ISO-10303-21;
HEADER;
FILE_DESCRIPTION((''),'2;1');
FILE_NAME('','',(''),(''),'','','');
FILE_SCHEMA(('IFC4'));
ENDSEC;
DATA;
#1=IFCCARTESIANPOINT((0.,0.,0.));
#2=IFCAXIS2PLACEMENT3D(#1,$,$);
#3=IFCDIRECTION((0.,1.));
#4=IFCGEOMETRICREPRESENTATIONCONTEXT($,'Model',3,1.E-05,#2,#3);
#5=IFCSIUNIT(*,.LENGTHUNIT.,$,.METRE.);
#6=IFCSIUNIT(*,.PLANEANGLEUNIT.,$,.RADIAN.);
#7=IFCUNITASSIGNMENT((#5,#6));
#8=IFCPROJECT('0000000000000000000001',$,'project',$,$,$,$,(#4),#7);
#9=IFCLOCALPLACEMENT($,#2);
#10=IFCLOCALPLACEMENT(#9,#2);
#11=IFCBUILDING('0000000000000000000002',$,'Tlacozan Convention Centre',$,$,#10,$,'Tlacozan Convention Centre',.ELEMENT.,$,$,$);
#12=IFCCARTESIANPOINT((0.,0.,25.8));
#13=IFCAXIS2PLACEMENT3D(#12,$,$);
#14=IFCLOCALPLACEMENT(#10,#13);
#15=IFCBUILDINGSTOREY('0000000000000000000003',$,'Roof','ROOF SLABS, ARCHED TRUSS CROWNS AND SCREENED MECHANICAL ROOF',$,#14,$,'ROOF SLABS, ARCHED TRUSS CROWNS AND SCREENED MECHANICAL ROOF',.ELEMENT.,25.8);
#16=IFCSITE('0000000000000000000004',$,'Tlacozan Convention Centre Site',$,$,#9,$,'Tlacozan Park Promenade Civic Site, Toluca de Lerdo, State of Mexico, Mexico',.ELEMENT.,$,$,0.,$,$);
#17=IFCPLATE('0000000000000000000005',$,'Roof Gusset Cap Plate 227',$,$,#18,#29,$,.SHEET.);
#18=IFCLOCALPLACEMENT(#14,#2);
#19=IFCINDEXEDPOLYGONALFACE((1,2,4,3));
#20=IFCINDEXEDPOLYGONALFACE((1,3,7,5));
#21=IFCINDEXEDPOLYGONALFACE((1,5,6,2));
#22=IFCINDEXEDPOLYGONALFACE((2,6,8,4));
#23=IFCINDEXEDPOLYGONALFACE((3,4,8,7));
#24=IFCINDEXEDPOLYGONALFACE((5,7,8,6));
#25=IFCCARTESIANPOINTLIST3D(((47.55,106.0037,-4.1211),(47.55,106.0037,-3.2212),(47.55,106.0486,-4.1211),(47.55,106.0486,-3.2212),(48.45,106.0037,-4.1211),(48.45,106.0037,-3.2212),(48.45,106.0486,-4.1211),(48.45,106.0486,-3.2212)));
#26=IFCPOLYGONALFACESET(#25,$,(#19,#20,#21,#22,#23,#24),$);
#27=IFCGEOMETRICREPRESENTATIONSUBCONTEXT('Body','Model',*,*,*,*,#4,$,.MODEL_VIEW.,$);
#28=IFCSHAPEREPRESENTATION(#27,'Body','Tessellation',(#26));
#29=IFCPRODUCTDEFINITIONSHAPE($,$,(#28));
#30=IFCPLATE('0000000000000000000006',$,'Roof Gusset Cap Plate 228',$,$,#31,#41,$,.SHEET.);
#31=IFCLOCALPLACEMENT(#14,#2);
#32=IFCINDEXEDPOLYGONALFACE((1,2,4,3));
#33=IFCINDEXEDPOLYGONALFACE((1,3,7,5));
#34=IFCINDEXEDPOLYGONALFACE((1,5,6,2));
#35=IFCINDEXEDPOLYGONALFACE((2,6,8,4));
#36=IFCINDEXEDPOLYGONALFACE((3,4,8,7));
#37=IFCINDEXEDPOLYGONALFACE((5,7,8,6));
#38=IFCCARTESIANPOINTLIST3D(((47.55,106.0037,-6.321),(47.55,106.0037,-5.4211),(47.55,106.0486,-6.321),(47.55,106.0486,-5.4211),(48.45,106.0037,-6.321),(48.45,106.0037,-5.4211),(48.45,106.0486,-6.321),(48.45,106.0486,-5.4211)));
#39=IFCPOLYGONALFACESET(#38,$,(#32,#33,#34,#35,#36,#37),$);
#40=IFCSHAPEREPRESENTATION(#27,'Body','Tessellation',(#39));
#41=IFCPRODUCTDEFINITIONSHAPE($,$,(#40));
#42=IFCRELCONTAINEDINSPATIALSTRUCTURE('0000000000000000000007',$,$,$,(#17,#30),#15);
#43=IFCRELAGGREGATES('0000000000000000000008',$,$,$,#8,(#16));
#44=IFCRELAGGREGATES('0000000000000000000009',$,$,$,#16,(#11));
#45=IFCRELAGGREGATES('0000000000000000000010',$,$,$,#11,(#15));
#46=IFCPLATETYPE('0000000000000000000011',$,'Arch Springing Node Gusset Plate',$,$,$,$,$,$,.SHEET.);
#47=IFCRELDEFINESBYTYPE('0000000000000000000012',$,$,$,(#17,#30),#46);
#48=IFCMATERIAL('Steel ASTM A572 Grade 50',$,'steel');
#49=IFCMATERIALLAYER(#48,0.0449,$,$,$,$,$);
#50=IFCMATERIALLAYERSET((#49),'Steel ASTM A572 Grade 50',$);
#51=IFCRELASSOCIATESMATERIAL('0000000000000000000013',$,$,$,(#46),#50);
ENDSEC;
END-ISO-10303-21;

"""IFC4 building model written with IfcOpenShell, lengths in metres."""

from ifc_helpers import new_model, si_unit, direction, frame, origin, origin_2d, place, context, subcontext, project, spatial, rectangle, extrude, material, layer, layer_set, type_object, element, save


model = new_model("IFC4")

# Units and contexts
model_context = context("Model", 3, precision=1e-05, world=origin(), true_north=direction((0.0, 1.0)))
body_context = subcontext(model_context, "Body", "Model", "MODEL_VIEW")
ifc_project = project(units=[si_unit("LENGTHUNIT", "METRE"), si_unit("PLANEANGLEUNIT", "RADIAN")], contexts=[model_context])

# Site, building, storey
site_placement = place(None, origin())
site = spatial("IfcSite", under=ifc_project, at=site_placement, Name="Tlacozan Convention Centre Site", LongName="Tlacozan Park Promenade Civic Site, Toluca de Lerdo, State of Mexico, Mexico", CompositionType="ELEMENT", RefElevation=0.0)
building_placement = place(site_placement, origin())
building = spatial("IfcBuilding", under=site, at=building_placement, Name="Tlacozan Convention Centre", LongName="Tlacozan Convention Centre", CompositionType="ELEMENT")
storey_placement = place(building_placement, frame((0.0, 0.0, 25.8)))
storey = spatial("IfcBuildingStorey", under=building, at=storey_placement, Name="Roof", Description="ROOF SLABS, ARCHED TRUSS CROWNS AND SCREENED MECHANICAL ROOF", LongName="ROOF SLABS, ARCHED TRUSS CROWNS AND SCREENED MECHANICAL ROOF", CompositionType="ELEMENT", Elevation=25.8)

# Plates
ifc_material_1 = material(Name="Steel ASTM A572 Grade 50", Category="steel")
ifc_layer = layer(ifc_material_1, 0.0449)
ifc_layer_set = layer_set([ifc_layer], Name="Steel ASTM A572 Grade 50")
plate_type = type_object("IfcPlateType", Name="Arch Springing Node Gusset Plate", PredefinedType="SHEET", material=ifc_layer_set)
for number, where, z_axis, x_axis, name in (
    (1, (48.0, 106.0261, -4.1211), (0.0, 0.0, 1.0), (0.0, 1.0, 0.0), "Roof Gusset Cap Plate 227"),
    (2, (48.0, 106.0261, -6.321), (0.0, 0.0, 1.0), (0.0, 1.0, 0.0), "Roof Gusset Cap Plate 228"),
):
    element("IfcPlate", number, at=place(storey_placement, frame(where, z_axis=z_axis, x_axis=x_axis)), inside=storey, type_object=plate_type, Name=name, PredefinedType="SHEET", context=body_context, shape_type="SweptSolid", body=[
        extrude(rectangle(XDim=0.0449, YDim=0.8999, at=origin_2d()), origin(), (0.0, 0.0, 1.0), 0.8999),
    ])

save(model, "model.ifc")
